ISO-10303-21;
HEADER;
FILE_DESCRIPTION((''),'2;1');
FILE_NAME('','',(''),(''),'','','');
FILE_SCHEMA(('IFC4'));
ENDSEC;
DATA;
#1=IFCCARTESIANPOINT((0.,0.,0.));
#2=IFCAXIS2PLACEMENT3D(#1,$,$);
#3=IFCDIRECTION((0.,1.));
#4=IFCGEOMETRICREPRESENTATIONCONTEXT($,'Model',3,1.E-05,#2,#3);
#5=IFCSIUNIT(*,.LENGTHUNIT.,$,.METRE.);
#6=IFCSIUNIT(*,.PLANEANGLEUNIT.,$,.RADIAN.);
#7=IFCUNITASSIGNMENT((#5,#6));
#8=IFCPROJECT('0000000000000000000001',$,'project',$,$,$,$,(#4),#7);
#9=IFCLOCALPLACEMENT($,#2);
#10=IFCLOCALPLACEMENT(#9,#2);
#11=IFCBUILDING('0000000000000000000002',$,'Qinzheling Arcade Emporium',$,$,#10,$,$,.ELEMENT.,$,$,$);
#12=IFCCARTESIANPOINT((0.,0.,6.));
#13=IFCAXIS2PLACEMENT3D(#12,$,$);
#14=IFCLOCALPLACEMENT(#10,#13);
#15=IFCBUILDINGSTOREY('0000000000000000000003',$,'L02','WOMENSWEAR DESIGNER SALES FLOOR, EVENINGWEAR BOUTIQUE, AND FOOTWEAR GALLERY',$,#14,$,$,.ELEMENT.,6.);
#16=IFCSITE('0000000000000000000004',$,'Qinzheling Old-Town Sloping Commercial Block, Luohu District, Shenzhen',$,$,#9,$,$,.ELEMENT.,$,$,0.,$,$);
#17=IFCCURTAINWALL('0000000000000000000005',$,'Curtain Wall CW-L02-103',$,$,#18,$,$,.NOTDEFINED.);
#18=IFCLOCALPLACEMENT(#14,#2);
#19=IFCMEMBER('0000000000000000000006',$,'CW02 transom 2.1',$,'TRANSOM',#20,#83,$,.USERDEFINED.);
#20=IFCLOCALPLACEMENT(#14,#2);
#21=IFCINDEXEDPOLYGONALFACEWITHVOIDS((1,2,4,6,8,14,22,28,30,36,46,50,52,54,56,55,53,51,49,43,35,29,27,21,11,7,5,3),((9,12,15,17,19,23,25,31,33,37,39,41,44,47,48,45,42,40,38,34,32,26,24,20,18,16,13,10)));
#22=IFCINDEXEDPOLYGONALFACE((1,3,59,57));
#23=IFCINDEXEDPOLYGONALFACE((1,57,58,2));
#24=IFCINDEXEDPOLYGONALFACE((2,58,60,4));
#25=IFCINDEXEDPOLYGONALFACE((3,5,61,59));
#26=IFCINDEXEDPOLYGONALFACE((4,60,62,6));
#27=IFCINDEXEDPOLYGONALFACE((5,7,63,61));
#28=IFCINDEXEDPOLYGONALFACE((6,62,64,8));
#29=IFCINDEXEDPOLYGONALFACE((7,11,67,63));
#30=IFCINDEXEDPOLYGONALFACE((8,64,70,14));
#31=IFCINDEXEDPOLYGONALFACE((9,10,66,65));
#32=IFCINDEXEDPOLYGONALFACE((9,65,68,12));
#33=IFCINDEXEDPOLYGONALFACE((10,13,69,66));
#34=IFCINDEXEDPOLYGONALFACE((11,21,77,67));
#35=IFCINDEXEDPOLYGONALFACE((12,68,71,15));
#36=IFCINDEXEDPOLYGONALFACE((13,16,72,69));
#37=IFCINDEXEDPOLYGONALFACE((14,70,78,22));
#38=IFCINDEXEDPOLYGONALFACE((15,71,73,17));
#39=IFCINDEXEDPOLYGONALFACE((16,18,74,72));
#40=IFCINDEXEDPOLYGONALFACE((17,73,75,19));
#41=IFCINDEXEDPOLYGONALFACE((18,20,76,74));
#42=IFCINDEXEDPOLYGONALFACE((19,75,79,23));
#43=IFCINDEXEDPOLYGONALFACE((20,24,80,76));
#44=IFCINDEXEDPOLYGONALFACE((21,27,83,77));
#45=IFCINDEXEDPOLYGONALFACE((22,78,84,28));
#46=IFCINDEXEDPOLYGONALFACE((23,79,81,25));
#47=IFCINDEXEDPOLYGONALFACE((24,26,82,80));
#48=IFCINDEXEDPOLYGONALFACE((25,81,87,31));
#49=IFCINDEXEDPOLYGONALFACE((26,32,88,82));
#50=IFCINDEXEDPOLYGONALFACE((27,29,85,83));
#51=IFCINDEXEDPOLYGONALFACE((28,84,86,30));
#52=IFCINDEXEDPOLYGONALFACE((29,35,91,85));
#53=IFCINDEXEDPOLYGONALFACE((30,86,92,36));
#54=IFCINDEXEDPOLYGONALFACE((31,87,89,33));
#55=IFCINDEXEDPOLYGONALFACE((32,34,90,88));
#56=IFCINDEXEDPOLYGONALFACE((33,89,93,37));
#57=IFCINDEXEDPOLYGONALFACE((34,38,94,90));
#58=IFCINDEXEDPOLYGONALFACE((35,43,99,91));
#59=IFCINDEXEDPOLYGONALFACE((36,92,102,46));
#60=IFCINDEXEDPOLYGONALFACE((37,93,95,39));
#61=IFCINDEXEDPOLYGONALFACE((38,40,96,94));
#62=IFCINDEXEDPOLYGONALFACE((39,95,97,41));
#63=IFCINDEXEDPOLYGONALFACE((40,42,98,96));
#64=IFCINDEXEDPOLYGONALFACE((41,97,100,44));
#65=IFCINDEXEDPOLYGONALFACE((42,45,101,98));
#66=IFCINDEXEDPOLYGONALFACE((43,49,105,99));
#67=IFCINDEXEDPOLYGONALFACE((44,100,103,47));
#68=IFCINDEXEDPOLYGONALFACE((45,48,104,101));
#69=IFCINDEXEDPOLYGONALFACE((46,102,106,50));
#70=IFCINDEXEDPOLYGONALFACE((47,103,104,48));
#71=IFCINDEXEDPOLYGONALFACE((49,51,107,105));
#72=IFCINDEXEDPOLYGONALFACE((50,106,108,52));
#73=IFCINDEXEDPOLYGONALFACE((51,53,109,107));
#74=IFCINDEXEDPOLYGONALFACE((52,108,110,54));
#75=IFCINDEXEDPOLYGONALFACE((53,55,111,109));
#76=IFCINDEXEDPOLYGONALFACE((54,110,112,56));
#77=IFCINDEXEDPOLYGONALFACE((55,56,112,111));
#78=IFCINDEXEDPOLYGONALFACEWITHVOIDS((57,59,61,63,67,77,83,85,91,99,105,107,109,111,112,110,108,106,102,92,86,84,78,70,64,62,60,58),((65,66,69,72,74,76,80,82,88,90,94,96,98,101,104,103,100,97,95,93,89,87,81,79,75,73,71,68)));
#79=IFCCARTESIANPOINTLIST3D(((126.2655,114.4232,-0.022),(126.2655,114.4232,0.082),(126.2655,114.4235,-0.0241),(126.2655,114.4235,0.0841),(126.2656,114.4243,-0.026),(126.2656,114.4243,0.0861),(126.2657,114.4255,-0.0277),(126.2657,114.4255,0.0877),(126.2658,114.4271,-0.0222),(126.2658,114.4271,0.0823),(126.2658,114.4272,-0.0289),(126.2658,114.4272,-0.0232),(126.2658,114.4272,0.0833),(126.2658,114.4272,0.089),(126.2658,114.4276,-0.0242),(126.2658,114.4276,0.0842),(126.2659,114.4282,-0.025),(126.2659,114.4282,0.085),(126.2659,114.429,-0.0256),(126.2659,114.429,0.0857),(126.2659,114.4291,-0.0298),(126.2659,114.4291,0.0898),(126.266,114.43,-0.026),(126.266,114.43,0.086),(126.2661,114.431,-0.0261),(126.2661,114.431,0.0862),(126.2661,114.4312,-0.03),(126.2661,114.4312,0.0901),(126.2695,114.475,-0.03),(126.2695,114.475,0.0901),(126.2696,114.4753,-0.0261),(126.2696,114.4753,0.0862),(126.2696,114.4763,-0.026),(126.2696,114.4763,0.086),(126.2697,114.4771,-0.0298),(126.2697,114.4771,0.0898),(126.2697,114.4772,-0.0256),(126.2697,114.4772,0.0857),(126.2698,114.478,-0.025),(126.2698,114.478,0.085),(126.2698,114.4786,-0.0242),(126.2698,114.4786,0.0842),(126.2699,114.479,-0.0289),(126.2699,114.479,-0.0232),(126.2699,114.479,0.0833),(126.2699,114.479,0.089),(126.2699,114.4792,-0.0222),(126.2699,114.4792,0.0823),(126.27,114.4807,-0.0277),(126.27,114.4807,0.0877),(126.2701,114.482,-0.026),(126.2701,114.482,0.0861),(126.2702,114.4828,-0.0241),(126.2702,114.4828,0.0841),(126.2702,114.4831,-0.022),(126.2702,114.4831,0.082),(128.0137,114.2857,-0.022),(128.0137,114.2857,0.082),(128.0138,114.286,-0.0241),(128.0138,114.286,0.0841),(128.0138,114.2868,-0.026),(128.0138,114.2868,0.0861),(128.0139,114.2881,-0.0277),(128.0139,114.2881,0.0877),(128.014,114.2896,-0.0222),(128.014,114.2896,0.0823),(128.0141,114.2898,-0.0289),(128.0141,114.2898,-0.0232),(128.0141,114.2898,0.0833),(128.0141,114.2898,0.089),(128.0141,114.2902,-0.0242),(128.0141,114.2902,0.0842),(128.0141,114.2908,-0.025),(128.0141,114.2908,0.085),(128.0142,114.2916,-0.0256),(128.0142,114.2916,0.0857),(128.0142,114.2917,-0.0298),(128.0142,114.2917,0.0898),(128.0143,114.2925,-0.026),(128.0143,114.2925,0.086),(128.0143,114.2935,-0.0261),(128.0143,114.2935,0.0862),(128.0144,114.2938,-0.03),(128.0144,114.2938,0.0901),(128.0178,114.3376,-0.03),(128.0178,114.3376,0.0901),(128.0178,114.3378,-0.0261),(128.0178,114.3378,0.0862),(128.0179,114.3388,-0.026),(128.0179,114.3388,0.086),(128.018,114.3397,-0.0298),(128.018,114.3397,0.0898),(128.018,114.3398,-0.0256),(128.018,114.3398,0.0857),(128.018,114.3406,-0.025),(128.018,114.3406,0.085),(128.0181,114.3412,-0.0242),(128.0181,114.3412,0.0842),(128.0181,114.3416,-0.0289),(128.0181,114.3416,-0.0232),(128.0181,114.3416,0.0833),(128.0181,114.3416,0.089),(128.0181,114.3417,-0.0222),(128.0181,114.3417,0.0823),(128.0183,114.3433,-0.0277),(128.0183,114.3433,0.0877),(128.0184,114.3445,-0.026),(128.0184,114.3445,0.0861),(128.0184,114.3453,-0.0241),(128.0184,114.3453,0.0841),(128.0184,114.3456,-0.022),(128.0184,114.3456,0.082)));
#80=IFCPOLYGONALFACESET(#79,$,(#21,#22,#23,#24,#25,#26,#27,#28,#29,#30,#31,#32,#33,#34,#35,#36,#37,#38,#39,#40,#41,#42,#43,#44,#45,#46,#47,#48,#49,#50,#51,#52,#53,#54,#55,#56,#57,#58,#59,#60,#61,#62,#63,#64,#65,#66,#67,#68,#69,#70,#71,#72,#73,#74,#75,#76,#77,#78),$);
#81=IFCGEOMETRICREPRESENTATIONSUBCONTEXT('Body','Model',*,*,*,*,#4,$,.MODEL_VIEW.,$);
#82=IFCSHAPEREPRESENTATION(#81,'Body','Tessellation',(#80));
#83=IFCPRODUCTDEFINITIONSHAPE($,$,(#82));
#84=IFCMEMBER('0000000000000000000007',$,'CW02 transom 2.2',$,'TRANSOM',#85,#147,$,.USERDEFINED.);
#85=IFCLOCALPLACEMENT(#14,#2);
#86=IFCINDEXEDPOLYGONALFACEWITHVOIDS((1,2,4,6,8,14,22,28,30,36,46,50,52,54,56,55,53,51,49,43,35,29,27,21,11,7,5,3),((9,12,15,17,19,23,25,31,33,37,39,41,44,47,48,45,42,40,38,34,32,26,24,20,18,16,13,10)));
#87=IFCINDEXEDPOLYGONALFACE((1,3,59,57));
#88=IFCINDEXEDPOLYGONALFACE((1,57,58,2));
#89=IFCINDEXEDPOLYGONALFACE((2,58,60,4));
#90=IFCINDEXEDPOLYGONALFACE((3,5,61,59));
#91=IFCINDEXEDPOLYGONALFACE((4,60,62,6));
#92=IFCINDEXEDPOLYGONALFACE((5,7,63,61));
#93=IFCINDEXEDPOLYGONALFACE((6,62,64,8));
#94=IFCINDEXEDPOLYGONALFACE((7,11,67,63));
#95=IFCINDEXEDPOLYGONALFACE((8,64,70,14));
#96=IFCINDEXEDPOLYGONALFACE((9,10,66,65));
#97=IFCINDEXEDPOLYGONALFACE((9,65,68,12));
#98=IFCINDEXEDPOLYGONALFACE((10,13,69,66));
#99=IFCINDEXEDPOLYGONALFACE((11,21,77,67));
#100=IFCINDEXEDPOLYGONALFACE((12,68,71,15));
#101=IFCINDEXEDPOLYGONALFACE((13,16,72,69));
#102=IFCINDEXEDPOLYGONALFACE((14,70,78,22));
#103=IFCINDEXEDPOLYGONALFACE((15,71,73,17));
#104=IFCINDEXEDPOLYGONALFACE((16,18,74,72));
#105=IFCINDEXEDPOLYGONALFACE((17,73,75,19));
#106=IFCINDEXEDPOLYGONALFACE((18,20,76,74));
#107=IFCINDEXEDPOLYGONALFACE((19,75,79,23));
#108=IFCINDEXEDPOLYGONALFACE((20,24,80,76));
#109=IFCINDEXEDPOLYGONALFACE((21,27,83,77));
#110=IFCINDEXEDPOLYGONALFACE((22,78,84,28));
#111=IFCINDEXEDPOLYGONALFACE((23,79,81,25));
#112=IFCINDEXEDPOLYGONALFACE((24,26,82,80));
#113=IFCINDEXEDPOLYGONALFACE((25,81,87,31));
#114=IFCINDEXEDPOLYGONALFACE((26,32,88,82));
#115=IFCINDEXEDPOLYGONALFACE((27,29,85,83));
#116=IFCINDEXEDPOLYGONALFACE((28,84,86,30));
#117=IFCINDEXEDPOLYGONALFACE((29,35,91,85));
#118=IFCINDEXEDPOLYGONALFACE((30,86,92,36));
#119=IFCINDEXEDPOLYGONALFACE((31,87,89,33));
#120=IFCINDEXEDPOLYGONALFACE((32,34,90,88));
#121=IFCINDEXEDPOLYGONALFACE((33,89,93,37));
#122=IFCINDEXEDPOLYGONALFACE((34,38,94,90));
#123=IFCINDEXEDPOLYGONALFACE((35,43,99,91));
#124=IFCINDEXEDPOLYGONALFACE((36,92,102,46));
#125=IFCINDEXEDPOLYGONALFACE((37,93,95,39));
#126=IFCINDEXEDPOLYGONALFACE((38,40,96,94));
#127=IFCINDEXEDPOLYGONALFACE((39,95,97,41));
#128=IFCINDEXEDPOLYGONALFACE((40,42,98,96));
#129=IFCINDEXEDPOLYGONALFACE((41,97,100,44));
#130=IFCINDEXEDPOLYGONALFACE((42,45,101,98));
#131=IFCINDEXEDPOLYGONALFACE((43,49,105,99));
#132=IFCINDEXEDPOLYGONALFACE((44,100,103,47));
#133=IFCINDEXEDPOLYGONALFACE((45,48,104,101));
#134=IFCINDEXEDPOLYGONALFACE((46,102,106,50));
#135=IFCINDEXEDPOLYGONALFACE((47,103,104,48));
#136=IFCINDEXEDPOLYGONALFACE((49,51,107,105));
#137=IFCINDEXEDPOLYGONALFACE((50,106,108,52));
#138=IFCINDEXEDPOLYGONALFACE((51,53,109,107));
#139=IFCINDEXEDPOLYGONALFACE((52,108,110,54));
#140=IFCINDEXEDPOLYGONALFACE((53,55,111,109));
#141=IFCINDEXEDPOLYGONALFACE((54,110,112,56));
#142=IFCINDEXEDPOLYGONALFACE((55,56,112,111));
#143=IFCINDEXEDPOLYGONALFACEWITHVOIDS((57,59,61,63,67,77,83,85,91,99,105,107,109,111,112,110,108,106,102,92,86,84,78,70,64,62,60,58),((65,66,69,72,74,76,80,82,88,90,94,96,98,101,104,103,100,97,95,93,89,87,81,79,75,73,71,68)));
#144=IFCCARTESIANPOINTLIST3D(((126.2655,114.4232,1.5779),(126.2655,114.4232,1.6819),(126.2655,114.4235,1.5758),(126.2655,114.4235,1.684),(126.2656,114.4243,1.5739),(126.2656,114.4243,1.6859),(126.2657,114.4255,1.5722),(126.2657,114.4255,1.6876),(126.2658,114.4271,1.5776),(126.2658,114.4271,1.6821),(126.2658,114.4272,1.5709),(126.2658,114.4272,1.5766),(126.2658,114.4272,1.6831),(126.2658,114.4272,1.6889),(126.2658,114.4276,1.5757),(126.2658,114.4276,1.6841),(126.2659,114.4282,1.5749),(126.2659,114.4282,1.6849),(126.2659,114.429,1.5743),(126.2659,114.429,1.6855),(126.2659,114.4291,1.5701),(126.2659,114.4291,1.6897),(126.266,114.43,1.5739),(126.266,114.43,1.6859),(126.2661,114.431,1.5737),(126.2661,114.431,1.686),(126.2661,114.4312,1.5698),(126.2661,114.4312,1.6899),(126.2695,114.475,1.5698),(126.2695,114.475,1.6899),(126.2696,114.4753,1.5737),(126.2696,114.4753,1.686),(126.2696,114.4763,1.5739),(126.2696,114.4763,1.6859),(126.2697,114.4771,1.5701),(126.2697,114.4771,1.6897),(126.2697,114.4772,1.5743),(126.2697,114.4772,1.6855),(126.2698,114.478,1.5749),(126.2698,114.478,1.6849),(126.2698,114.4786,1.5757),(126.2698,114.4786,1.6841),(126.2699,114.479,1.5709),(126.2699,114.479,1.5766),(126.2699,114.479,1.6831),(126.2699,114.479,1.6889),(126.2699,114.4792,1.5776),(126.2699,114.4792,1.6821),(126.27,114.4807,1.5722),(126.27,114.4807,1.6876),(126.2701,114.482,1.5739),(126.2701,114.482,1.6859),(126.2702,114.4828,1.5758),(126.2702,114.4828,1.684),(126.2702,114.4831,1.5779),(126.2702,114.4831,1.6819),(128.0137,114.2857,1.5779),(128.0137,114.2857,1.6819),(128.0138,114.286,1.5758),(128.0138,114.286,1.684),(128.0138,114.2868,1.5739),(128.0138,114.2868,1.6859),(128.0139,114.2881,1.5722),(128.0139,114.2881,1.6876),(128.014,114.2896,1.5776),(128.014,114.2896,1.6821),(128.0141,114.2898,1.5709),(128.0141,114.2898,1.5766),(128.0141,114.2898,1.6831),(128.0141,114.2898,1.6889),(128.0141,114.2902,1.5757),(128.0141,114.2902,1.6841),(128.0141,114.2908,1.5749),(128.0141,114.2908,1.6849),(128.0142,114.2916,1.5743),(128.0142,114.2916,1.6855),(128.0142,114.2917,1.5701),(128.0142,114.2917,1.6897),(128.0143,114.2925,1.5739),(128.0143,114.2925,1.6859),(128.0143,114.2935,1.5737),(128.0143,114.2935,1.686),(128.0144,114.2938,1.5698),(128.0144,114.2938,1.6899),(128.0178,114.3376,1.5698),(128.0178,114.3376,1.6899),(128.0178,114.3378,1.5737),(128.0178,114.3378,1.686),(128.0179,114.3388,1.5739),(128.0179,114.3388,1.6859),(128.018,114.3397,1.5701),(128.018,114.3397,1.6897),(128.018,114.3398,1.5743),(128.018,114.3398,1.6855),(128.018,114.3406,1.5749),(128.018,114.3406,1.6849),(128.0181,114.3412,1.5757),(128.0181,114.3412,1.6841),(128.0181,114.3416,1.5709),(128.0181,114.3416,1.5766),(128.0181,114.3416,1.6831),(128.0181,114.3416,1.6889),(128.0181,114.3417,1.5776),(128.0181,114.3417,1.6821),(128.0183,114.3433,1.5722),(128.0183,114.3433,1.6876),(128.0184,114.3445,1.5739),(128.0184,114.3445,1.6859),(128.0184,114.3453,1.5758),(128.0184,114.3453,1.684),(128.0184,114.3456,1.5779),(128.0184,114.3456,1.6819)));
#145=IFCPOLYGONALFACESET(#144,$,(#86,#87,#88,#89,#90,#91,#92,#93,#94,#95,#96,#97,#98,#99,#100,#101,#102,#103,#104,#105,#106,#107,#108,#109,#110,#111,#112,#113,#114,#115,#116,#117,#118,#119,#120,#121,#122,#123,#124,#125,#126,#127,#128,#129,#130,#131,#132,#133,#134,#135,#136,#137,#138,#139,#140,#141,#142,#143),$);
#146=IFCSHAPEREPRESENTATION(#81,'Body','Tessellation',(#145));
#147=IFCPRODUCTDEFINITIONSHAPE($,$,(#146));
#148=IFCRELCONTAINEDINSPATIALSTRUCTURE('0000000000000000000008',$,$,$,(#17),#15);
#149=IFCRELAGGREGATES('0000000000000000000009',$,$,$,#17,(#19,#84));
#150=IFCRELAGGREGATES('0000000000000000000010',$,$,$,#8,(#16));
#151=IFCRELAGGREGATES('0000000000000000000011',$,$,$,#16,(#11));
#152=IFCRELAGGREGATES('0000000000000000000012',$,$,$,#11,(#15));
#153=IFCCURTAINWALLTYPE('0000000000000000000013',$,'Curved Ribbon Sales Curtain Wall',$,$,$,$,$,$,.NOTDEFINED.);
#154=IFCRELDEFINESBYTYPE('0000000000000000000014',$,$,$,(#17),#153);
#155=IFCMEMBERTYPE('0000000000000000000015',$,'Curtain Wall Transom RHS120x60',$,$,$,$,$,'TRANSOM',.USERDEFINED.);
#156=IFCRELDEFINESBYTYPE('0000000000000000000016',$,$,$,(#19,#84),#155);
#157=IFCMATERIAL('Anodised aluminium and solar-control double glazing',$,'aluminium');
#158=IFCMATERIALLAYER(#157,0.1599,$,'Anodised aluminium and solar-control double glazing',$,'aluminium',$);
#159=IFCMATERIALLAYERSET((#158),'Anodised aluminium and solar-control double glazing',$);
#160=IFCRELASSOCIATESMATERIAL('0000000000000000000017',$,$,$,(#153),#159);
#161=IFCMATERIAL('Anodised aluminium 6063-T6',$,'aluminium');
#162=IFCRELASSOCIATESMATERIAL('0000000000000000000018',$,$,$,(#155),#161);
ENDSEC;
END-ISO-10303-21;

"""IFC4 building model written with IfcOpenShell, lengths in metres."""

from ifc_helpers import new_model, si_unit, direction, frame, origin, origin_2d, place, context, subcontext, project, spatial, hollow_rectangle, extrude, material, layer, layer_set, material_profile, profile_set, type_object, element, aggregate, save


model = new_model("IFC4")

# Units and contexts
model_context = context("Model", 3, precision=1e-05, world=origin(), true_north=direction((0.0, 1.0)))
body_context = subcontext(model_context, "Body", "Model", "MODEL_VIEW")
ifc_project = project(units=[si_unit("LENGTHUNIT", "METRE"), si_unit("PLANEANGLEUNIT", "RADIAN")], contexts=[model_context])

# Site, building, storey
site_placement = place(None, origin())
site = spatial("IfcSite", under=ifc_project, at=site_placement, Name="Qinzheling Old-Town Sloping Commercial Block, Luohu District, Shenzhen", CompositionType="ELEMENT", RefElevation=0.0)
building_placement = place(site_placement, origin())
building = spatial("IfcBuilding", under=site, at=building_placement, Name="Qinzheling Arcade Emporium", CompositionType="ELEMENT")
storey_placement = place(building_placement, frame((0.0, 0.0, 6.0)))
storey = spatial("IfcBuildingStorey", under=building, at=storey_placement, Name="L02", Description="WOMENSWEAR DESIGNER SALES FLOOR, EVENINGWEAR BOUTIQUE, AND FOOTWEAR GALLERY", CompositionType="ELEMENT", Elevation=6.0)

# Curtain wall, members
ifc_material_1 = material(Name="Anodised aluminium and solar-control double glazing", Category="aluminium")
ifc_layer_1 = layer(ifc_material_1, 0.1599, Name="Anodised aluminium and solar-control double glazing", Category="aluminium")
ifc_layer_set_1 = layer_set([ifc_layer_1], Name="Anodised aluminium and solar-control double glazing")
curtain_wall_type = type_object("IfcCurtainWallType", Name="Curved Ribbon Sales Curtain Wall", PredefinedType="NOTDEFINED", material=ifc_layer_set_1)
curtain_wall_placement = place(storey_placement, origin())
curtain_wall = element("IfcCurtainWall", 1, at=curtain_wall_placement, inside=storey, type_object=curtain_wall_type, Name="Curtain Wall CW-L02-103", PredefinedType="NOTDEFINED")
ifc_material_2 = material(Name="Anodised aluminium 6063-T6", Category="aluminium")
ifc_material_profile_1 = material_profile(ifc_material_2, hollow_rectangle(XDim=0.0601, YDim=0.1201, WallThickness=0.0039, InnerFilletRadius=0.0039, OuterFilletRadius=0.0081, at=origin_2d()), Name="RHS 120x60x4", Category="aluminium")
ifc_profile_set_1 = profile_set([ifc_material_profile_1], Name="Anodised aluminium 6063-T6")
member_type_1 = type_object("IfcMemberType", Name="Curtain Wall Transom RHS120x60", ElementType="TRANSOM", PredefinedType="USERDEFINED", material=ifc_profile_set_1)
member_1_placement = place(storey_placement, frame((126.2678, 114.4531, 0.03), z_axis=(0.996924, -0.078378, 0.0), x_axis=(0.078378, 0.996924, 0.0)))
member_1 = element("IfcMember", 2, at=member_1_placement, type_object=member_type_1, Name="CW02 transom 2.1", ObjectType="TRANSOM", PredefinedType="USERDEFINED", context=body_context, shape_type="SweptSolid", body=[
    extrude(hollow_rectangle(XDim=0.0601, YDim=0.1201, WallThickness=0.0039, InnerFilletRadius=0.0039, OuterFilletRadius=0.0081, at=origin_2d()), origin(), (0.0, 0.0, 1.0), 1.7537),
])
member_2_placement = place(storey_placement, frame((126.2678, 114.4531, 1.6299), z_axis=(0.996924, -0.078378, 0.0), x_axis=(0.078378, 0.996924, 0.0)))
member_2 = element("IfcMember", 3, at=member_2_placement, type_object=member_type_1, Name="CW02 transom 2.2", ObjectType="TRANSOM", PredefinedType="USERDEFINED", context=body_context, shape_type="SweptSolid", body=[
    extrude(hollow_rectangle(XDim=0.0601, YDim=0.1201, WallThickness=0.0039, InnerFilletRadius=0.0039, OuterFilletRadius=0.0081, at=origin_2d()), origin(), (0.0, 0.0, 1.0), 1.7537),
])

aggregate(curtain_wall, [member_1, member_2])

save(model, "model.ifc")
